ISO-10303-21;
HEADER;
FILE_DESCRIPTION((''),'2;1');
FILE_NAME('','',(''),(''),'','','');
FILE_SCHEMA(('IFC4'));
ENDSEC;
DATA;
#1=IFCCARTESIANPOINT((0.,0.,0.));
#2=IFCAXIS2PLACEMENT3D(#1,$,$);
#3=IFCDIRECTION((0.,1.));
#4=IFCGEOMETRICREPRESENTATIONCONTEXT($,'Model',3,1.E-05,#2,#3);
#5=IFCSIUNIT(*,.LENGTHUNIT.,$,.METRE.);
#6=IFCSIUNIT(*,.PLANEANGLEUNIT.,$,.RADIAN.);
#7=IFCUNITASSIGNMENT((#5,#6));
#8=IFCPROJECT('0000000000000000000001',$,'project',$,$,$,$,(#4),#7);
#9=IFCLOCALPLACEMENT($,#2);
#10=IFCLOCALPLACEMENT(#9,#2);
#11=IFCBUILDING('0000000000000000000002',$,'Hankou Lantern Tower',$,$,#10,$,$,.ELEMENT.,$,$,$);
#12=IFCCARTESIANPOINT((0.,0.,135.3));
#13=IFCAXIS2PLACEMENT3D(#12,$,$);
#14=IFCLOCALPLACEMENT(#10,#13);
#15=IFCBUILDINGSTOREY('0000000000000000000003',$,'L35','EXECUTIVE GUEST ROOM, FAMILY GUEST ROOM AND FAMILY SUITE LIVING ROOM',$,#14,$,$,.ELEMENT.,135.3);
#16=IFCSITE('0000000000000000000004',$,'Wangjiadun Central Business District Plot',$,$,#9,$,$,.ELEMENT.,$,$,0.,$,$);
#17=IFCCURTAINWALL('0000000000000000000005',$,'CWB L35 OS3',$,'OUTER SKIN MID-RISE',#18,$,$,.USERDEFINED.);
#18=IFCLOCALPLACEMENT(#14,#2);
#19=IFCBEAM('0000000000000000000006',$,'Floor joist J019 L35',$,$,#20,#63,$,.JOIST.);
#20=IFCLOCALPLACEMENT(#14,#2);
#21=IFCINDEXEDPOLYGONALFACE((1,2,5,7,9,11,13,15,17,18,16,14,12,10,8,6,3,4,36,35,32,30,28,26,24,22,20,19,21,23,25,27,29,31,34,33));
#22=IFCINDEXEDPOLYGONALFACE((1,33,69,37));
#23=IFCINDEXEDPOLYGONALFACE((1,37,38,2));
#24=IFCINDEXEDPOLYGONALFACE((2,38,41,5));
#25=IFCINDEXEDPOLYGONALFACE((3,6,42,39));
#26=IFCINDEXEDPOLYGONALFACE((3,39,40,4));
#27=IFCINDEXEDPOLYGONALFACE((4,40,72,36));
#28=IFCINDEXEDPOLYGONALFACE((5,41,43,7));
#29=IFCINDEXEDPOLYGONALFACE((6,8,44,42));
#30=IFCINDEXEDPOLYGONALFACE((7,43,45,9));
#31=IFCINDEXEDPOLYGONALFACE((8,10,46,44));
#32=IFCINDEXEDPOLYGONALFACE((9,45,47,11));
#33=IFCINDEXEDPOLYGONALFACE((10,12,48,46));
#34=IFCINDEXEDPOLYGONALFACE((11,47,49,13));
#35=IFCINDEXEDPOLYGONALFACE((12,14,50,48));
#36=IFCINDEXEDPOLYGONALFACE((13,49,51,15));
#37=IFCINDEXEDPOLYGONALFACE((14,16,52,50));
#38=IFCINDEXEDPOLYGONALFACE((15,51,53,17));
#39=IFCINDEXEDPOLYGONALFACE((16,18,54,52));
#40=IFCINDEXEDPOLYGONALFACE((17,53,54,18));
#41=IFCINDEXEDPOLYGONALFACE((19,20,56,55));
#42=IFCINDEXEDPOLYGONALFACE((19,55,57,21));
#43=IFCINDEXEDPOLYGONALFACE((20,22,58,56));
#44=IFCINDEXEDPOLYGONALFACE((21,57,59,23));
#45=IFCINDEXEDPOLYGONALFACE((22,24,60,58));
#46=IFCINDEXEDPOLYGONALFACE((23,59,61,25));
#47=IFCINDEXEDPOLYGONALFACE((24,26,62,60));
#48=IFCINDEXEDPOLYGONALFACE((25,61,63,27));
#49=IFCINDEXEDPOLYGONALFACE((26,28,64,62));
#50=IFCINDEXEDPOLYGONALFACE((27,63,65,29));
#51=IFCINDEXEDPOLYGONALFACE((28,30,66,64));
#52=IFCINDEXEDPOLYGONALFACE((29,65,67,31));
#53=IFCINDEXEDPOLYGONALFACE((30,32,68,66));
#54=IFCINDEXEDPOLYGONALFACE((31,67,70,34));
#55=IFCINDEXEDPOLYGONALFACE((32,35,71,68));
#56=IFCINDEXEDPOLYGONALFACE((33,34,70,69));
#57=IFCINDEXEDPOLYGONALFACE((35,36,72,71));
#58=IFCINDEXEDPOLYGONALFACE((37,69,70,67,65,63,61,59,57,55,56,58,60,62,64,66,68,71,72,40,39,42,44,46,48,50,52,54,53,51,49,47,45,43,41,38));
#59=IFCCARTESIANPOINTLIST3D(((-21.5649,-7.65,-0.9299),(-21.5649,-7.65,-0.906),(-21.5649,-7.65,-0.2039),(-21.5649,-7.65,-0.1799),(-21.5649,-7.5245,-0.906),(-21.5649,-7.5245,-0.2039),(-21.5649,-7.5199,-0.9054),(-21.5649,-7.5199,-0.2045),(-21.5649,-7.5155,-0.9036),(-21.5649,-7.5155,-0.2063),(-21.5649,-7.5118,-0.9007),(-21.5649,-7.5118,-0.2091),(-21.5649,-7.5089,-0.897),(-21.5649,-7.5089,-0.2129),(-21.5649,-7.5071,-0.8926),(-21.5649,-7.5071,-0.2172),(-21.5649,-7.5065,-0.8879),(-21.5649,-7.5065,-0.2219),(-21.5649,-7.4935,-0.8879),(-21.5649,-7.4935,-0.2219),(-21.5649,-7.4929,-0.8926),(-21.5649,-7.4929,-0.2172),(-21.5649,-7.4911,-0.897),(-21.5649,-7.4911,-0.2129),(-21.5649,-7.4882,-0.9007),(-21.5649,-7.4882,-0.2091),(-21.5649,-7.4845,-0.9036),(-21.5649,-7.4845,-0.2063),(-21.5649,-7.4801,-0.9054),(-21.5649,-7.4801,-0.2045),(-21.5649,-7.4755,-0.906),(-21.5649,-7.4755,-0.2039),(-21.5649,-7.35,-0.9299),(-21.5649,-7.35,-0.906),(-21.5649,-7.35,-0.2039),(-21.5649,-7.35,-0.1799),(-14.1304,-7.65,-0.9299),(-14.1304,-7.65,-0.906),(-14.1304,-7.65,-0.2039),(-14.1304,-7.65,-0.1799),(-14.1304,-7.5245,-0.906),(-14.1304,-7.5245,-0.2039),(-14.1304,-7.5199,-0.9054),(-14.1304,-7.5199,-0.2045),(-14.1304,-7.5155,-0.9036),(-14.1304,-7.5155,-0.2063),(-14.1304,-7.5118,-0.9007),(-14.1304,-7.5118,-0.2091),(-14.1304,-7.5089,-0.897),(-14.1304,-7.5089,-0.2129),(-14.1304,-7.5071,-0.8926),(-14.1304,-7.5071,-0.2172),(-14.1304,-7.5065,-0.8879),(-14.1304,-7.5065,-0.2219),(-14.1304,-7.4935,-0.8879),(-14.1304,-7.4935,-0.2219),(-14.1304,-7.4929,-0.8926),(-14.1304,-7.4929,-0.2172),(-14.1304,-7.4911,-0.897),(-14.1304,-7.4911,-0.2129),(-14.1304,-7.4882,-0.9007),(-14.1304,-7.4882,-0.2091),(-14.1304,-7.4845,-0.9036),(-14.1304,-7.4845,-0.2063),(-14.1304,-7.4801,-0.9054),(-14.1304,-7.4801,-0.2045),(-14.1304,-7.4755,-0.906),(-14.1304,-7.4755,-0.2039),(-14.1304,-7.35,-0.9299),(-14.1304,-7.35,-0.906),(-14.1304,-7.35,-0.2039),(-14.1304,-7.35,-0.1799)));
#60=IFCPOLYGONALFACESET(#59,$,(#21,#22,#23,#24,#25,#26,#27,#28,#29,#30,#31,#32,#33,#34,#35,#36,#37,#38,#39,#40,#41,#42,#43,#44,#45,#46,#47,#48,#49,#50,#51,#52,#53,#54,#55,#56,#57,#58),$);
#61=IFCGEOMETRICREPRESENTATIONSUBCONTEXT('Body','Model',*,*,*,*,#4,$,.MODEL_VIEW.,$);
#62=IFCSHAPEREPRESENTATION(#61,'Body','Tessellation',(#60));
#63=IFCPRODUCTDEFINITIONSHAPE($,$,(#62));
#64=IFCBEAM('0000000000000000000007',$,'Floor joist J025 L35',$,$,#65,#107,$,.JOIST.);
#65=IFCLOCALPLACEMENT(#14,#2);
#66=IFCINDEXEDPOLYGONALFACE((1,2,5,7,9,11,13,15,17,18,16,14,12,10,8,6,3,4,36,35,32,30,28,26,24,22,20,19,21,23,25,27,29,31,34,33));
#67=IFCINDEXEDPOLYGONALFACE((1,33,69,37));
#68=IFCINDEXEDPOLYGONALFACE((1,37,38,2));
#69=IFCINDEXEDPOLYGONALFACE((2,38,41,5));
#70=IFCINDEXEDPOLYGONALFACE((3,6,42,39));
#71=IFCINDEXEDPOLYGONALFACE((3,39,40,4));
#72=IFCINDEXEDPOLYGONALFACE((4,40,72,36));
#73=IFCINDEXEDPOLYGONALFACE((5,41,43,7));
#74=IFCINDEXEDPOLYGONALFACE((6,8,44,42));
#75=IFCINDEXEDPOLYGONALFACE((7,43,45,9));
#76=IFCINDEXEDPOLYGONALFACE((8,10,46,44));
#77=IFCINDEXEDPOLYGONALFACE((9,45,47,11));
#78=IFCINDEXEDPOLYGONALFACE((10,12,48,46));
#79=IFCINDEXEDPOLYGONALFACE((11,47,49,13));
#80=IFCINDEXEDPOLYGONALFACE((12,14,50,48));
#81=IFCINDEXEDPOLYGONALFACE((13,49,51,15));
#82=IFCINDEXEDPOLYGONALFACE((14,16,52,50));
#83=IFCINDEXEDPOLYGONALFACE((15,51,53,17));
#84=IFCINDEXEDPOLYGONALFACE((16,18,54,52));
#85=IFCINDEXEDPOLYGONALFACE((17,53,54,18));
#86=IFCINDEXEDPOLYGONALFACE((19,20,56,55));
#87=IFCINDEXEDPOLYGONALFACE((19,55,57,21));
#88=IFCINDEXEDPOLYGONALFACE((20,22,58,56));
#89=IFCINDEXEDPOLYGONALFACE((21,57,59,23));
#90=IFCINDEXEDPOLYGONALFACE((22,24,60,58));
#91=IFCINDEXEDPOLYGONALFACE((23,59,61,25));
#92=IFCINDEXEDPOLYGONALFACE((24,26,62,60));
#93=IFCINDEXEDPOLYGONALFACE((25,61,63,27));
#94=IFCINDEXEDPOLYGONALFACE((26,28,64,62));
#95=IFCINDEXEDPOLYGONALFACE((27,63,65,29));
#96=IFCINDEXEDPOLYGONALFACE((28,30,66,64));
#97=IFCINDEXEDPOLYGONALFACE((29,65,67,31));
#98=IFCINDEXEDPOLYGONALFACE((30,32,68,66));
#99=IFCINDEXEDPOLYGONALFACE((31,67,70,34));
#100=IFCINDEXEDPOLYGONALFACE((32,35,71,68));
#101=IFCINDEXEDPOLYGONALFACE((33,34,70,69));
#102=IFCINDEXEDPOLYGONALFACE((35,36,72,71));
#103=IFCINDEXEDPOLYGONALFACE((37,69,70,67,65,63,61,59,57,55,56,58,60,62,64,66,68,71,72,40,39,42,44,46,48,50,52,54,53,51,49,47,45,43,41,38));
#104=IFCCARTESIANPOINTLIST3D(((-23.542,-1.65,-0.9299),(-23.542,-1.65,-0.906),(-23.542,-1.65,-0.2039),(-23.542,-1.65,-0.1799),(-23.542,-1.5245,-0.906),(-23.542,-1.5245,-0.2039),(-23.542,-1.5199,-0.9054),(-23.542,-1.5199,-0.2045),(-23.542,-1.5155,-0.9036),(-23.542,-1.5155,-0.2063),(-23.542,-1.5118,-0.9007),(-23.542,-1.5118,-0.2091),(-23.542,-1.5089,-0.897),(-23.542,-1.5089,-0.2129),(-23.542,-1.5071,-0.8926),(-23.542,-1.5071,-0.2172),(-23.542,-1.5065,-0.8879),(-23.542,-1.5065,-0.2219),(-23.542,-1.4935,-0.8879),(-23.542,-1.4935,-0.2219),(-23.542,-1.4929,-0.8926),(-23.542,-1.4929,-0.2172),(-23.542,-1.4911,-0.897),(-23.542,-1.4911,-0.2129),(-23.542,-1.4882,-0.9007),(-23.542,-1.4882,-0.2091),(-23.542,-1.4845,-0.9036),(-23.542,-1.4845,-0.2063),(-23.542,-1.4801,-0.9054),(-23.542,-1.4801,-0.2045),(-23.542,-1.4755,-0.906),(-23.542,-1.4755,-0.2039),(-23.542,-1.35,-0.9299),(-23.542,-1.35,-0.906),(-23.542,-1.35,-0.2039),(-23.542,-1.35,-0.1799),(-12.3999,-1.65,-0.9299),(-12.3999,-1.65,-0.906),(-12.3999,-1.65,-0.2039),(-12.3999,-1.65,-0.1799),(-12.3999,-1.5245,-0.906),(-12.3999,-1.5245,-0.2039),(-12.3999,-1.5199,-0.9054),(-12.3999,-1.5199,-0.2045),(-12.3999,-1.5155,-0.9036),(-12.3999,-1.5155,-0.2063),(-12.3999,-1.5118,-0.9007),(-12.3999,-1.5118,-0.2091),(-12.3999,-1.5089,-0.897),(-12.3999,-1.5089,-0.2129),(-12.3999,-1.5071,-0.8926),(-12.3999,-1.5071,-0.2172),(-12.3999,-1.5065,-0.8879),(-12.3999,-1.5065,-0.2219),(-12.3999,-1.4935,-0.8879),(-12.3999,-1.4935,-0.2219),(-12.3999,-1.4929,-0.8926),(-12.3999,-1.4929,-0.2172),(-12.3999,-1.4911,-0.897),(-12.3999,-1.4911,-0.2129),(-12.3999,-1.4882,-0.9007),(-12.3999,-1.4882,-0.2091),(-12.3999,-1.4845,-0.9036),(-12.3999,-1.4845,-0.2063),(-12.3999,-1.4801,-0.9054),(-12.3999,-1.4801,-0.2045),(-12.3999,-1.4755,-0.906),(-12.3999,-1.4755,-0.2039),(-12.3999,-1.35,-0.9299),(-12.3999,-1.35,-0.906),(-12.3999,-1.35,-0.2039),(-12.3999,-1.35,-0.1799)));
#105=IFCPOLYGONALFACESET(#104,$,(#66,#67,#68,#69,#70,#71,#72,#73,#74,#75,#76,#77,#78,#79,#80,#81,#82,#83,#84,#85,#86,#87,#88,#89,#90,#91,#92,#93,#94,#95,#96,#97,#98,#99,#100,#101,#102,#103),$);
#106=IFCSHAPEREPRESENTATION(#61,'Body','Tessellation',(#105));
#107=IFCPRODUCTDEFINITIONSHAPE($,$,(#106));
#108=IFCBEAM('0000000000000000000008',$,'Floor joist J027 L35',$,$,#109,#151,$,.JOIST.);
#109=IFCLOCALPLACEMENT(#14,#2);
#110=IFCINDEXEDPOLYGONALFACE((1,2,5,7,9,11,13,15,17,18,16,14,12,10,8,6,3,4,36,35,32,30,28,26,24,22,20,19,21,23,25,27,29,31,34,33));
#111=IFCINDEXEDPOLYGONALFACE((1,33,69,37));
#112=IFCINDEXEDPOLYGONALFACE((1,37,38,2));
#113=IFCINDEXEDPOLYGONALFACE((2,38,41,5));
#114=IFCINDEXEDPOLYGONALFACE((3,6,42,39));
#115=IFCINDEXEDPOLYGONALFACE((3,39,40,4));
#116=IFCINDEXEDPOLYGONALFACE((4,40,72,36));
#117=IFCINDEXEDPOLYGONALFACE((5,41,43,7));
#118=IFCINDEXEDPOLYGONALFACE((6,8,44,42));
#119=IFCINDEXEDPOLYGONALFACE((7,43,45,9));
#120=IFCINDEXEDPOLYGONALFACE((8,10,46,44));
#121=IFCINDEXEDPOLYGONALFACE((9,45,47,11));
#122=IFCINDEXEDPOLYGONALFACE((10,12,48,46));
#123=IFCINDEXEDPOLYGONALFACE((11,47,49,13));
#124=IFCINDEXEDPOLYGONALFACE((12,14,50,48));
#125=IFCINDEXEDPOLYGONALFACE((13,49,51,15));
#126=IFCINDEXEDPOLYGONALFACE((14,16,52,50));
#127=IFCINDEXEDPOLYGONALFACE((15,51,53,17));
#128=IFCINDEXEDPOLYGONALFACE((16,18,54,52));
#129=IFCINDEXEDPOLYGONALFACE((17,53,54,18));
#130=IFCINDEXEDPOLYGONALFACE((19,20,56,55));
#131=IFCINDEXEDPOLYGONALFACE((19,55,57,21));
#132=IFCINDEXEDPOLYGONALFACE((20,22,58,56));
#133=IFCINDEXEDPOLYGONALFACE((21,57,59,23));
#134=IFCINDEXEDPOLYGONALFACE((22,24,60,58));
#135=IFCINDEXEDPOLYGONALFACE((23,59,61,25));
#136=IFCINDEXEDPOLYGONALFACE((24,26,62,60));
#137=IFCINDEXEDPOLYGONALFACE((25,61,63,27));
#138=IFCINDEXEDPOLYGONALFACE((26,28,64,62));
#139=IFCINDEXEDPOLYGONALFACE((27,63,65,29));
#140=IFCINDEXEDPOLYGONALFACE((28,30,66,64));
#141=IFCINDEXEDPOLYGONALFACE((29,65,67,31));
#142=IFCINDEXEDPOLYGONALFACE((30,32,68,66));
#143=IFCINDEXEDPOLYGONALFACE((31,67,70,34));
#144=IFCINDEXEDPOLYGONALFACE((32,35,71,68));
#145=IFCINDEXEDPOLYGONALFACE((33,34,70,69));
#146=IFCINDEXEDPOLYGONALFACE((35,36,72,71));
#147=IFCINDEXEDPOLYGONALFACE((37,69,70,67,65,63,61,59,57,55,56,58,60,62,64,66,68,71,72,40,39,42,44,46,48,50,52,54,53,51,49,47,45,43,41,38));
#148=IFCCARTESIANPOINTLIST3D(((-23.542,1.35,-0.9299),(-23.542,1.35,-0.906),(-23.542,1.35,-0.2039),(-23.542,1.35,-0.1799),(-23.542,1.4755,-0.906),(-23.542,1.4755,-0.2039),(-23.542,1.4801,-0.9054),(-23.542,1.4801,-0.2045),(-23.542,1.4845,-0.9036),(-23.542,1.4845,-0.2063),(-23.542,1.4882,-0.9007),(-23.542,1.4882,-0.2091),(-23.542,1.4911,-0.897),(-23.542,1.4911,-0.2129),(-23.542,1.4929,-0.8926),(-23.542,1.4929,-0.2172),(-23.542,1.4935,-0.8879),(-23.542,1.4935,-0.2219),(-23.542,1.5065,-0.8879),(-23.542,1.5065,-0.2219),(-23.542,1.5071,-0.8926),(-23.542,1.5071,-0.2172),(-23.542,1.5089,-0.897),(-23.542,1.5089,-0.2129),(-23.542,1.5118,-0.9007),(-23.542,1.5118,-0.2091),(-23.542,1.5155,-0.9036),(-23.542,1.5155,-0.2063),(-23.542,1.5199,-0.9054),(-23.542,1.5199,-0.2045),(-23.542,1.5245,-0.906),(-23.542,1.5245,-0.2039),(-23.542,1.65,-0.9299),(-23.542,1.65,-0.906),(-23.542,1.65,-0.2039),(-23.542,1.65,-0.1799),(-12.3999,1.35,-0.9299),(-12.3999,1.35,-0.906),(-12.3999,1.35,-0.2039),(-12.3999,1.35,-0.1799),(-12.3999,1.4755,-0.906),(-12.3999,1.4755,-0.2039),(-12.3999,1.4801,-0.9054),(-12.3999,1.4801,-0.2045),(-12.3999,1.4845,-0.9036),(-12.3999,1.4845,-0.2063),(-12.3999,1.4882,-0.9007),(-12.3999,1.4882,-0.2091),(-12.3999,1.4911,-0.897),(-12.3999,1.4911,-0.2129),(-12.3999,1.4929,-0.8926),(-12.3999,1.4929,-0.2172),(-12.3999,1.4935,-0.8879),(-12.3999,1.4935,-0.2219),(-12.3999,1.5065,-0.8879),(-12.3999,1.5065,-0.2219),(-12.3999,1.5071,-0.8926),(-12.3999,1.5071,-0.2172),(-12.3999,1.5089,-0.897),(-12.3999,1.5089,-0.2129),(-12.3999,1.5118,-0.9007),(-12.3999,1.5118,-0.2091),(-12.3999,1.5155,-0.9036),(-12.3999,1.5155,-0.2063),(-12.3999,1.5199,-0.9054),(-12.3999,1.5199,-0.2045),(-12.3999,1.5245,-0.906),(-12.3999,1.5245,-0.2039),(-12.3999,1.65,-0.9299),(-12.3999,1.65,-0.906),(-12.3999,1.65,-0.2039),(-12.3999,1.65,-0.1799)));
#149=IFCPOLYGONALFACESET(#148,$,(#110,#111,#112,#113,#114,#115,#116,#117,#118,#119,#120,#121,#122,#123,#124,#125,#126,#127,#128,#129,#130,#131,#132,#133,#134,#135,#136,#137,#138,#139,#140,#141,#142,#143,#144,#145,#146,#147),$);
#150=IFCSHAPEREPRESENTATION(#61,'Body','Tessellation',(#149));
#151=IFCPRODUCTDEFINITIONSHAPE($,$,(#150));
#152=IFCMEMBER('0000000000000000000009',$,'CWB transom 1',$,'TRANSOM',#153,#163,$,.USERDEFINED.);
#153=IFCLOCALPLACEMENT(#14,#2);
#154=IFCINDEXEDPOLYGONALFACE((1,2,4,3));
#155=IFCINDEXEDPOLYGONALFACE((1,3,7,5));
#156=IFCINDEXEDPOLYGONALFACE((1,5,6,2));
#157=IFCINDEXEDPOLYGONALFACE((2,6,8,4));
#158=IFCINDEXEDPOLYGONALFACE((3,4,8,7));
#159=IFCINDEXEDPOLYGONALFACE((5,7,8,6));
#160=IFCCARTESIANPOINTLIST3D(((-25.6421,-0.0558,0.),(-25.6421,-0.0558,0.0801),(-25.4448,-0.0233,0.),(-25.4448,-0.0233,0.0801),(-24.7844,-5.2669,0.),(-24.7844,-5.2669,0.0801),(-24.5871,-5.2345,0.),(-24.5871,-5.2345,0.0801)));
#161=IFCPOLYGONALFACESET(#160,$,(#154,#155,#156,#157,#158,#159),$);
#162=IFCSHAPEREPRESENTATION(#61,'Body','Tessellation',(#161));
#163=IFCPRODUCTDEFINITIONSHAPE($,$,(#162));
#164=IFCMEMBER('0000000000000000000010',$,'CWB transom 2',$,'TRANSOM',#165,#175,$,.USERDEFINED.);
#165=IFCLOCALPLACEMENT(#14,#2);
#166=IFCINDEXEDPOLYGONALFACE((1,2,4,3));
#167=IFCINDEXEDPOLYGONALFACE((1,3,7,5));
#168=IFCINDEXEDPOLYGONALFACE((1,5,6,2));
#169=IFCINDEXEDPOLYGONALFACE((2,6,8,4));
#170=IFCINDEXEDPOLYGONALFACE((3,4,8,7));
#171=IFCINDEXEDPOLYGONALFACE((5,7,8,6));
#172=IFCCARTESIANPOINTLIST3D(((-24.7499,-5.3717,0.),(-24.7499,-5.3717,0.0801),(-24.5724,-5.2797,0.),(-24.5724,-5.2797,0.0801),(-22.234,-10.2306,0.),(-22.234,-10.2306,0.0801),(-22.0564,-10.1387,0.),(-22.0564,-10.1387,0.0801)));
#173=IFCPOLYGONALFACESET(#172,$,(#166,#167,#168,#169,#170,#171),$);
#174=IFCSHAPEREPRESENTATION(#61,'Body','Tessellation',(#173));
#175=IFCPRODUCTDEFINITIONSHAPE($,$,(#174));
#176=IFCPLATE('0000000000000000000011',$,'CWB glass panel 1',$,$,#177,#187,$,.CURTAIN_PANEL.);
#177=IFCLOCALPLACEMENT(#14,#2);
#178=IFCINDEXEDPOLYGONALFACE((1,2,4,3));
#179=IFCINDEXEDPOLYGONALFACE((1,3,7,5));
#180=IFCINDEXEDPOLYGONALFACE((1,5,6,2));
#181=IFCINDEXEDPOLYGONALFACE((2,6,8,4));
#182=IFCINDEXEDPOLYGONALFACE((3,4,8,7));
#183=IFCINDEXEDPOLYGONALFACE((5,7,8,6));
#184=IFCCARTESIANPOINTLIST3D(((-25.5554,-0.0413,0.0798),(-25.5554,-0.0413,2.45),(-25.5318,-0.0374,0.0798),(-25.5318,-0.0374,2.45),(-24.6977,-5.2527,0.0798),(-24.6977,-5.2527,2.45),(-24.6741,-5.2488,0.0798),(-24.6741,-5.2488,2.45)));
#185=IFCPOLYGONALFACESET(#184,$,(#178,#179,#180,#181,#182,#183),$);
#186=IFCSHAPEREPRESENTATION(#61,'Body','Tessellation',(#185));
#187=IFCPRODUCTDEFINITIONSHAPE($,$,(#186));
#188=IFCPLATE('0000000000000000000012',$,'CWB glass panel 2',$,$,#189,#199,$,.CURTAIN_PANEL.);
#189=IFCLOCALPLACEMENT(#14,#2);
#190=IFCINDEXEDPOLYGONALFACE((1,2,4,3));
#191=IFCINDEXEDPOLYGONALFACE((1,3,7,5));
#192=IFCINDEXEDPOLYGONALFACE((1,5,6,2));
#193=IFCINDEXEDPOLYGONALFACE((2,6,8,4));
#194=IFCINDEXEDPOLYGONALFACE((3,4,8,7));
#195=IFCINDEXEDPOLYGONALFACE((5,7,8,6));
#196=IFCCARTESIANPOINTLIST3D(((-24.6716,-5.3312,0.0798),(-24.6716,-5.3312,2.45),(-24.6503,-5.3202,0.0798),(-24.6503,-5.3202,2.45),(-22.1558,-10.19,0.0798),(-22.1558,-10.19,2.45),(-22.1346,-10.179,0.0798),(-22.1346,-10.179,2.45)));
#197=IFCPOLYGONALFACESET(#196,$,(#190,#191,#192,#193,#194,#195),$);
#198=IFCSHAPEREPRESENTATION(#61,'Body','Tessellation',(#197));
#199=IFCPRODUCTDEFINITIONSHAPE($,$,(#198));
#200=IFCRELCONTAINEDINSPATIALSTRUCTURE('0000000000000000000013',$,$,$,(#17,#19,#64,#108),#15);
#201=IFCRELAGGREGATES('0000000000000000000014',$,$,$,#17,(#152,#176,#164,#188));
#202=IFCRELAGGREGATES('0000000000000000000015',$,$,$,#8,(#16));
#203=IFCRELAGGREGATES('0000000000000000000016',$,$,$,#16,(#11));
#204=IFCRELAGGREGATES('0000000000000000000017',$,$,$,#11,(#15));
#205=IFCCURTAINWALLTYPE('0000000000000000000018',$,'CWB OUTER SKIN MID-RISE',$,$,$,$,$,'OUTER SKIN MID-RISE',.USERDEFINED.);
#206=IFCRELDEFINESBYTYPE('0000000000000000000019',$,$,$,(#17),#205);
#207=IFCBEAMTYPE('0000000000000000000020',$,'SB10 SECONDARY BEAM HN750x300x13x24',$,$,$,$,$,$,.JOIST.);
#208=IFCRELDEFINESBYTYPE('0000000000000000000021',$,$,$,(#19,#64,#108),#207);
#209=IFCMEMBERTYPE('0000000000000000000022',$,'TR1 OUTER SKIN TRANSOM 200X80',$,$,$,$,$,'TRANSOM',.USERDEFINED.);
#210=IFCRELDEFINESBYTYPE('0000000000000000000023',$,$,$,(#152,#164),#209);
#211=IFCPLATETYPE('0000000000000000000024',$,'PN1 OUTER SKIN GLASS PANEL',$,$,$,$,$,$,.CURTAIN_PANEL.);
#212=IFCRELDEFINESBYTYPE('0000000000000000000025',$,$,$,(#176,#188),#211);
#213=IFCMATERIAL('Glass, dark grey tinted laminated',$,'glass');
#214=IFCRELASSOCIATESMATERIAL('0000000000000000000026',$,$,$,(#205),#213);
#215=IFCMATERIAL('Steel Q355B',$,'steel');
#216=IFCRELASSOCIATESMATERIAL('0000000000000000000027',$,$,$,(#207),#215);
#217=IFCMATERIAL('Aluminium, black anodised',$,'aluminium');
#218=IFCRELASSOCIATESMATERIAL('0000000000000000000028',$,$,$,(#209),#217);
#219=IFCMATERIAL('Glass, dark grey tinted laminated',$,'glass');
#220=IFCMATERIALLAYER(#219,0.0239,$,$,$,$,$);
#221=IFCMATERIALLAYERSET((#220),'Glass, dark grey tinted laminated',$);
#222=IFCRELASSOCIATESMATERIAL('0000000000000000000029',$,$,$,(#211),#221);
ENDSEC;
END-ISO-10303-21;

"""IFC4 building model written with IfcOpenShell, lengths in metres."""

from ifc_helpers import new_model, si_unit, direction, frame, origin, origin_2d, place, context, subcontext, project, spatial, rectangle, i_section, extrude, material, layer, layer_set, material_profile, profile_set, type_object, element, aggregate, save


model = new_model("IFC4")

# Units and contexts
model_context = context("Model", 3, precision=1e-05, world=origin(), true_north=direction((0.0, 1.0)))
body_context = subcontext(model_context, "Body", "Model", "MODEL_VIEW")
ifc_project = project(units=[si_unit("LENGTHUNIT", "METRE"), si_unit("PLANEANGLEUNIT", "RADIAN")], contexts=[model_context])

# Site, building, storey
site_placement = place(None, origin())
site = spatial("IfcSite", under=ifc_project, at=site_placement, Name="Wangjiadun Central Business District Plot", CompositionType="ELEMENT", RefElevation=0.0)
building_placement = place(site_placement, origin())
building = spatial("IfcBuilding", under=site, at=building_placement, Name="Hankou Lantern Tower", CompositionType="ELEMENT")
storey_placement = place(building_placement, frame((0.0, 0.0, 135.3)))
storey = spatial("IfcBuildingStorey", under=building, at=storey_placement, Name="L35", Description="EXECUTIVE GUEST ROOM, FAMILY GUEST ROOM AND FAMILY SUITE LIVING ROOM", CompositionType="ELEMENT", Elevation=135.3)

# Curtain wall
ifc_material_1 = material(Name="Glass, dark grey tinted laminated", Category="glass")
curtain_wall_type = type_object("IfcCurtainWallType", Name="CWB OUTER SKIN MID-RISE", ElementType="OUTER SKIN MID-RISE", PredefinedType="USERDEFINED", material=ifc_material_1)
curtain_wall_placement = place(storey_placement, origin())
curtain_wall = element("IfcCurtainWall", 1, at=curtain_wall_placement, inside=storey, type_object=curtain_wall_type, Name="CWB L35 OS3", ObjectType="OUTER SKIN MID-RISE", PredefinedType="USERDEFINED")

# Beams
ifc_material_2 = material(Name="Steel Q355B", Category="steel")
ifc_material_profile_1 = material_profile(ifc_material_2, i_section(OverallWidth=0.3, OverallDepth=0.75, WebThickness=0.0129, FlangeThickness=0.0239, FilletRadius=0.0181, at=origin_2d()), Name="HN750x300x13x24")
ifc_profile_set_1 = profile_set([ifc_material_profile_1], Name="Steel Q355B")
beam_type_1 = type_object("IfcBeamType", Name="SB10 SECONDARY BEAM HN750x300x13x24", PredefinedType="JOIST", material=ifc_profile_set_1)
beam_1_placement = place(storey_placement, frame((-21.5649, -7.5, -0.5549), z_axis=(1.0, 0.0, 0.0), x_axis=(0.0, 1.0, 0.0)))
element("IfcBeam", 2, at=beam_1_placement, inside=storey, type_object=beam_type_1, Name="Floor joist J019 L35", PredefinedType="JOIST", context=body_context, shape_type="SweptSolid", body=[
    extrude(i_section(OverallWidth=0.3, OverallDepth=0.75, WebThickness=0.0129, FlangeThickness=0.0239, FilletRadius=0.0181, at=origin_2d()), origin(), (0.0, 0.0, 1.0), 7.4346),
])
for number, where, z_axis, x_axis, name in (
    (3, (-23.542, -1.5, -0.5549), (1.0, 0.0, 0.0), (0.0, 1.0, 0.0), "Floor joist J025 L35"),
    (4, (-23.542, 1.5, -0.5549), (1.0, 0.0, 0.0), (0.0, 1.0, 0.0), "Floor joist J027 L35"),
):
    element("IfcBeam", number, at=place(storey_placement, frame(where, z_axis=z_axis, x_axis=x_axis)), inside=storey, type_object=beam_type_1, Name=name, PredefinedType="JOIST", context=body_context, shape_type="SweptSolid", body=[
        extrude(i_section(OverallWidth=0.3, OverallDepth=0.75, WebThickness=0.0129, FlangeThickness=0.0239, FilletRadius=0.0181, at=origin_2d()), origin(), (0.0, 0.0, 1.0), 11.1421),
    ])

# Members
ifc_material_3 = material(Name="Aluminium, black anodised", Category="aluminium")
ifc_material_profile_2 = material_profile(ifc_material_3, rectangle(XDim=0.2, YDim=0.0801, at=origin_2d()), Name="TR1 200X80")
ifc_profile_set_2 = profile_set([ifc_material_profile_2], Name="Aluminium, black anodised")
member_type_1 = type_object("IfcMemberType", Name="TR1 OUTER SKIN TRANSOM 200X80", ElementType="TRANSOM", PredefinedType="USERDEFINED", material=ifc_profile_set_2)
member_1_placement = place(storey_placement, frame((-25.5435, -0.0396, 0.04), z_axis=(0.162397, -0.986725, 0.0), x_axis=(0.986725, 0.162397, 0.0)))
member_1 = element("IfcMember", 5, at=member_1_placement, type_object=member_type_1, Name="CWB transom 1", ObjectType="TRANSOM", PredefinedType="USERDEFINED", context=body_context, shape_type="SweptSolid", body=[
    extrude(rectangle(XDim=0.2, YDim=0.0801, at=origin_2d()), origin(), (0.0, 0.0, 1.0), 5.2812),
])
member_2_placement = place(storey_placement, frame((-24.6611, -5.3257, 0.04), z_axis=(0.459805, -0.88802, 0.0), x_axis=(0.88802, 0.459805, 0.0)))
member_2 = element("IfcMember", 6, at=member_2_placement, type_object=member_type_1, Name="CWB transom 2", ObjectType="TRANSOM", PredefinedType="USERDEFINED", context=body_context, shape_type="SweptSolid", body=[
    extrude(rectangle(XDim=0.2, YDim=0.0801, at=origin_2d()), origin(), (0.0, 0.0, 1.0), 5.4717),
])

# Plates
ifc_material_4 = material(Name="Glass, dark grey tinted laminated", Category="glass")
ifc_layer_1 = layer(ifc_material_4, 0.0239)
ifc_layer_set_1 = layer_set([ifc_layer_1], Name="Glass, dark grey tinted laminated")
plate_type = type_object("IfcPlateType", Name="PN1 OUTER SKIN GLASS PANEL", PredefinedType="CURTAIN_PANEL", material=ifc_layer_set_1)
plate_1_placement = place(storey_placement, frame((-25.1147, -2.645, 0.0798), z_axis=(0.0, 0.0, 1.0), x_axis=(0.162382, -0.986728, 0.0)))
plate_1 = element("IfcPlate", 7, at=plate_1_placement, type_object=plate_type, Name="CWB glass panel 1", PredefinedType="CURTAIN_PANEL", context=body_context, shape_type="SweptSolid", body=[
    extrude(rectangle(XDim=5.2815, YDim=0.0239, at=origin_2d()), origin(), (0.0, 0.0, 1.0), 2.3701),
])
plate_2_placement = place(storey_placement, frame((-23.4031, -7.7551, 0.0798), z_axis=(0.0, 0.0, 1.0), x_axis=(0.459791, -0.888027, 0.0)))
plate_2 = element("IfcPlate", 8, at=plate_2_placement, type_object=plate_type, Name="CWB glass panel 2", PredefinedType="CURTAIN_PANEL", context=body_context, shape_type="SweptSolid", body=[
    extrude(rectangle(XDim=5.4714, YDim=0.0239, at=origin_2d()), origin(), (0.0, 0.0, 1.0), 2.3701),
])
aggregate(curtain_wall, [member_1, plate_1, member_2, plate_2])

save(model, "model.ifc")
